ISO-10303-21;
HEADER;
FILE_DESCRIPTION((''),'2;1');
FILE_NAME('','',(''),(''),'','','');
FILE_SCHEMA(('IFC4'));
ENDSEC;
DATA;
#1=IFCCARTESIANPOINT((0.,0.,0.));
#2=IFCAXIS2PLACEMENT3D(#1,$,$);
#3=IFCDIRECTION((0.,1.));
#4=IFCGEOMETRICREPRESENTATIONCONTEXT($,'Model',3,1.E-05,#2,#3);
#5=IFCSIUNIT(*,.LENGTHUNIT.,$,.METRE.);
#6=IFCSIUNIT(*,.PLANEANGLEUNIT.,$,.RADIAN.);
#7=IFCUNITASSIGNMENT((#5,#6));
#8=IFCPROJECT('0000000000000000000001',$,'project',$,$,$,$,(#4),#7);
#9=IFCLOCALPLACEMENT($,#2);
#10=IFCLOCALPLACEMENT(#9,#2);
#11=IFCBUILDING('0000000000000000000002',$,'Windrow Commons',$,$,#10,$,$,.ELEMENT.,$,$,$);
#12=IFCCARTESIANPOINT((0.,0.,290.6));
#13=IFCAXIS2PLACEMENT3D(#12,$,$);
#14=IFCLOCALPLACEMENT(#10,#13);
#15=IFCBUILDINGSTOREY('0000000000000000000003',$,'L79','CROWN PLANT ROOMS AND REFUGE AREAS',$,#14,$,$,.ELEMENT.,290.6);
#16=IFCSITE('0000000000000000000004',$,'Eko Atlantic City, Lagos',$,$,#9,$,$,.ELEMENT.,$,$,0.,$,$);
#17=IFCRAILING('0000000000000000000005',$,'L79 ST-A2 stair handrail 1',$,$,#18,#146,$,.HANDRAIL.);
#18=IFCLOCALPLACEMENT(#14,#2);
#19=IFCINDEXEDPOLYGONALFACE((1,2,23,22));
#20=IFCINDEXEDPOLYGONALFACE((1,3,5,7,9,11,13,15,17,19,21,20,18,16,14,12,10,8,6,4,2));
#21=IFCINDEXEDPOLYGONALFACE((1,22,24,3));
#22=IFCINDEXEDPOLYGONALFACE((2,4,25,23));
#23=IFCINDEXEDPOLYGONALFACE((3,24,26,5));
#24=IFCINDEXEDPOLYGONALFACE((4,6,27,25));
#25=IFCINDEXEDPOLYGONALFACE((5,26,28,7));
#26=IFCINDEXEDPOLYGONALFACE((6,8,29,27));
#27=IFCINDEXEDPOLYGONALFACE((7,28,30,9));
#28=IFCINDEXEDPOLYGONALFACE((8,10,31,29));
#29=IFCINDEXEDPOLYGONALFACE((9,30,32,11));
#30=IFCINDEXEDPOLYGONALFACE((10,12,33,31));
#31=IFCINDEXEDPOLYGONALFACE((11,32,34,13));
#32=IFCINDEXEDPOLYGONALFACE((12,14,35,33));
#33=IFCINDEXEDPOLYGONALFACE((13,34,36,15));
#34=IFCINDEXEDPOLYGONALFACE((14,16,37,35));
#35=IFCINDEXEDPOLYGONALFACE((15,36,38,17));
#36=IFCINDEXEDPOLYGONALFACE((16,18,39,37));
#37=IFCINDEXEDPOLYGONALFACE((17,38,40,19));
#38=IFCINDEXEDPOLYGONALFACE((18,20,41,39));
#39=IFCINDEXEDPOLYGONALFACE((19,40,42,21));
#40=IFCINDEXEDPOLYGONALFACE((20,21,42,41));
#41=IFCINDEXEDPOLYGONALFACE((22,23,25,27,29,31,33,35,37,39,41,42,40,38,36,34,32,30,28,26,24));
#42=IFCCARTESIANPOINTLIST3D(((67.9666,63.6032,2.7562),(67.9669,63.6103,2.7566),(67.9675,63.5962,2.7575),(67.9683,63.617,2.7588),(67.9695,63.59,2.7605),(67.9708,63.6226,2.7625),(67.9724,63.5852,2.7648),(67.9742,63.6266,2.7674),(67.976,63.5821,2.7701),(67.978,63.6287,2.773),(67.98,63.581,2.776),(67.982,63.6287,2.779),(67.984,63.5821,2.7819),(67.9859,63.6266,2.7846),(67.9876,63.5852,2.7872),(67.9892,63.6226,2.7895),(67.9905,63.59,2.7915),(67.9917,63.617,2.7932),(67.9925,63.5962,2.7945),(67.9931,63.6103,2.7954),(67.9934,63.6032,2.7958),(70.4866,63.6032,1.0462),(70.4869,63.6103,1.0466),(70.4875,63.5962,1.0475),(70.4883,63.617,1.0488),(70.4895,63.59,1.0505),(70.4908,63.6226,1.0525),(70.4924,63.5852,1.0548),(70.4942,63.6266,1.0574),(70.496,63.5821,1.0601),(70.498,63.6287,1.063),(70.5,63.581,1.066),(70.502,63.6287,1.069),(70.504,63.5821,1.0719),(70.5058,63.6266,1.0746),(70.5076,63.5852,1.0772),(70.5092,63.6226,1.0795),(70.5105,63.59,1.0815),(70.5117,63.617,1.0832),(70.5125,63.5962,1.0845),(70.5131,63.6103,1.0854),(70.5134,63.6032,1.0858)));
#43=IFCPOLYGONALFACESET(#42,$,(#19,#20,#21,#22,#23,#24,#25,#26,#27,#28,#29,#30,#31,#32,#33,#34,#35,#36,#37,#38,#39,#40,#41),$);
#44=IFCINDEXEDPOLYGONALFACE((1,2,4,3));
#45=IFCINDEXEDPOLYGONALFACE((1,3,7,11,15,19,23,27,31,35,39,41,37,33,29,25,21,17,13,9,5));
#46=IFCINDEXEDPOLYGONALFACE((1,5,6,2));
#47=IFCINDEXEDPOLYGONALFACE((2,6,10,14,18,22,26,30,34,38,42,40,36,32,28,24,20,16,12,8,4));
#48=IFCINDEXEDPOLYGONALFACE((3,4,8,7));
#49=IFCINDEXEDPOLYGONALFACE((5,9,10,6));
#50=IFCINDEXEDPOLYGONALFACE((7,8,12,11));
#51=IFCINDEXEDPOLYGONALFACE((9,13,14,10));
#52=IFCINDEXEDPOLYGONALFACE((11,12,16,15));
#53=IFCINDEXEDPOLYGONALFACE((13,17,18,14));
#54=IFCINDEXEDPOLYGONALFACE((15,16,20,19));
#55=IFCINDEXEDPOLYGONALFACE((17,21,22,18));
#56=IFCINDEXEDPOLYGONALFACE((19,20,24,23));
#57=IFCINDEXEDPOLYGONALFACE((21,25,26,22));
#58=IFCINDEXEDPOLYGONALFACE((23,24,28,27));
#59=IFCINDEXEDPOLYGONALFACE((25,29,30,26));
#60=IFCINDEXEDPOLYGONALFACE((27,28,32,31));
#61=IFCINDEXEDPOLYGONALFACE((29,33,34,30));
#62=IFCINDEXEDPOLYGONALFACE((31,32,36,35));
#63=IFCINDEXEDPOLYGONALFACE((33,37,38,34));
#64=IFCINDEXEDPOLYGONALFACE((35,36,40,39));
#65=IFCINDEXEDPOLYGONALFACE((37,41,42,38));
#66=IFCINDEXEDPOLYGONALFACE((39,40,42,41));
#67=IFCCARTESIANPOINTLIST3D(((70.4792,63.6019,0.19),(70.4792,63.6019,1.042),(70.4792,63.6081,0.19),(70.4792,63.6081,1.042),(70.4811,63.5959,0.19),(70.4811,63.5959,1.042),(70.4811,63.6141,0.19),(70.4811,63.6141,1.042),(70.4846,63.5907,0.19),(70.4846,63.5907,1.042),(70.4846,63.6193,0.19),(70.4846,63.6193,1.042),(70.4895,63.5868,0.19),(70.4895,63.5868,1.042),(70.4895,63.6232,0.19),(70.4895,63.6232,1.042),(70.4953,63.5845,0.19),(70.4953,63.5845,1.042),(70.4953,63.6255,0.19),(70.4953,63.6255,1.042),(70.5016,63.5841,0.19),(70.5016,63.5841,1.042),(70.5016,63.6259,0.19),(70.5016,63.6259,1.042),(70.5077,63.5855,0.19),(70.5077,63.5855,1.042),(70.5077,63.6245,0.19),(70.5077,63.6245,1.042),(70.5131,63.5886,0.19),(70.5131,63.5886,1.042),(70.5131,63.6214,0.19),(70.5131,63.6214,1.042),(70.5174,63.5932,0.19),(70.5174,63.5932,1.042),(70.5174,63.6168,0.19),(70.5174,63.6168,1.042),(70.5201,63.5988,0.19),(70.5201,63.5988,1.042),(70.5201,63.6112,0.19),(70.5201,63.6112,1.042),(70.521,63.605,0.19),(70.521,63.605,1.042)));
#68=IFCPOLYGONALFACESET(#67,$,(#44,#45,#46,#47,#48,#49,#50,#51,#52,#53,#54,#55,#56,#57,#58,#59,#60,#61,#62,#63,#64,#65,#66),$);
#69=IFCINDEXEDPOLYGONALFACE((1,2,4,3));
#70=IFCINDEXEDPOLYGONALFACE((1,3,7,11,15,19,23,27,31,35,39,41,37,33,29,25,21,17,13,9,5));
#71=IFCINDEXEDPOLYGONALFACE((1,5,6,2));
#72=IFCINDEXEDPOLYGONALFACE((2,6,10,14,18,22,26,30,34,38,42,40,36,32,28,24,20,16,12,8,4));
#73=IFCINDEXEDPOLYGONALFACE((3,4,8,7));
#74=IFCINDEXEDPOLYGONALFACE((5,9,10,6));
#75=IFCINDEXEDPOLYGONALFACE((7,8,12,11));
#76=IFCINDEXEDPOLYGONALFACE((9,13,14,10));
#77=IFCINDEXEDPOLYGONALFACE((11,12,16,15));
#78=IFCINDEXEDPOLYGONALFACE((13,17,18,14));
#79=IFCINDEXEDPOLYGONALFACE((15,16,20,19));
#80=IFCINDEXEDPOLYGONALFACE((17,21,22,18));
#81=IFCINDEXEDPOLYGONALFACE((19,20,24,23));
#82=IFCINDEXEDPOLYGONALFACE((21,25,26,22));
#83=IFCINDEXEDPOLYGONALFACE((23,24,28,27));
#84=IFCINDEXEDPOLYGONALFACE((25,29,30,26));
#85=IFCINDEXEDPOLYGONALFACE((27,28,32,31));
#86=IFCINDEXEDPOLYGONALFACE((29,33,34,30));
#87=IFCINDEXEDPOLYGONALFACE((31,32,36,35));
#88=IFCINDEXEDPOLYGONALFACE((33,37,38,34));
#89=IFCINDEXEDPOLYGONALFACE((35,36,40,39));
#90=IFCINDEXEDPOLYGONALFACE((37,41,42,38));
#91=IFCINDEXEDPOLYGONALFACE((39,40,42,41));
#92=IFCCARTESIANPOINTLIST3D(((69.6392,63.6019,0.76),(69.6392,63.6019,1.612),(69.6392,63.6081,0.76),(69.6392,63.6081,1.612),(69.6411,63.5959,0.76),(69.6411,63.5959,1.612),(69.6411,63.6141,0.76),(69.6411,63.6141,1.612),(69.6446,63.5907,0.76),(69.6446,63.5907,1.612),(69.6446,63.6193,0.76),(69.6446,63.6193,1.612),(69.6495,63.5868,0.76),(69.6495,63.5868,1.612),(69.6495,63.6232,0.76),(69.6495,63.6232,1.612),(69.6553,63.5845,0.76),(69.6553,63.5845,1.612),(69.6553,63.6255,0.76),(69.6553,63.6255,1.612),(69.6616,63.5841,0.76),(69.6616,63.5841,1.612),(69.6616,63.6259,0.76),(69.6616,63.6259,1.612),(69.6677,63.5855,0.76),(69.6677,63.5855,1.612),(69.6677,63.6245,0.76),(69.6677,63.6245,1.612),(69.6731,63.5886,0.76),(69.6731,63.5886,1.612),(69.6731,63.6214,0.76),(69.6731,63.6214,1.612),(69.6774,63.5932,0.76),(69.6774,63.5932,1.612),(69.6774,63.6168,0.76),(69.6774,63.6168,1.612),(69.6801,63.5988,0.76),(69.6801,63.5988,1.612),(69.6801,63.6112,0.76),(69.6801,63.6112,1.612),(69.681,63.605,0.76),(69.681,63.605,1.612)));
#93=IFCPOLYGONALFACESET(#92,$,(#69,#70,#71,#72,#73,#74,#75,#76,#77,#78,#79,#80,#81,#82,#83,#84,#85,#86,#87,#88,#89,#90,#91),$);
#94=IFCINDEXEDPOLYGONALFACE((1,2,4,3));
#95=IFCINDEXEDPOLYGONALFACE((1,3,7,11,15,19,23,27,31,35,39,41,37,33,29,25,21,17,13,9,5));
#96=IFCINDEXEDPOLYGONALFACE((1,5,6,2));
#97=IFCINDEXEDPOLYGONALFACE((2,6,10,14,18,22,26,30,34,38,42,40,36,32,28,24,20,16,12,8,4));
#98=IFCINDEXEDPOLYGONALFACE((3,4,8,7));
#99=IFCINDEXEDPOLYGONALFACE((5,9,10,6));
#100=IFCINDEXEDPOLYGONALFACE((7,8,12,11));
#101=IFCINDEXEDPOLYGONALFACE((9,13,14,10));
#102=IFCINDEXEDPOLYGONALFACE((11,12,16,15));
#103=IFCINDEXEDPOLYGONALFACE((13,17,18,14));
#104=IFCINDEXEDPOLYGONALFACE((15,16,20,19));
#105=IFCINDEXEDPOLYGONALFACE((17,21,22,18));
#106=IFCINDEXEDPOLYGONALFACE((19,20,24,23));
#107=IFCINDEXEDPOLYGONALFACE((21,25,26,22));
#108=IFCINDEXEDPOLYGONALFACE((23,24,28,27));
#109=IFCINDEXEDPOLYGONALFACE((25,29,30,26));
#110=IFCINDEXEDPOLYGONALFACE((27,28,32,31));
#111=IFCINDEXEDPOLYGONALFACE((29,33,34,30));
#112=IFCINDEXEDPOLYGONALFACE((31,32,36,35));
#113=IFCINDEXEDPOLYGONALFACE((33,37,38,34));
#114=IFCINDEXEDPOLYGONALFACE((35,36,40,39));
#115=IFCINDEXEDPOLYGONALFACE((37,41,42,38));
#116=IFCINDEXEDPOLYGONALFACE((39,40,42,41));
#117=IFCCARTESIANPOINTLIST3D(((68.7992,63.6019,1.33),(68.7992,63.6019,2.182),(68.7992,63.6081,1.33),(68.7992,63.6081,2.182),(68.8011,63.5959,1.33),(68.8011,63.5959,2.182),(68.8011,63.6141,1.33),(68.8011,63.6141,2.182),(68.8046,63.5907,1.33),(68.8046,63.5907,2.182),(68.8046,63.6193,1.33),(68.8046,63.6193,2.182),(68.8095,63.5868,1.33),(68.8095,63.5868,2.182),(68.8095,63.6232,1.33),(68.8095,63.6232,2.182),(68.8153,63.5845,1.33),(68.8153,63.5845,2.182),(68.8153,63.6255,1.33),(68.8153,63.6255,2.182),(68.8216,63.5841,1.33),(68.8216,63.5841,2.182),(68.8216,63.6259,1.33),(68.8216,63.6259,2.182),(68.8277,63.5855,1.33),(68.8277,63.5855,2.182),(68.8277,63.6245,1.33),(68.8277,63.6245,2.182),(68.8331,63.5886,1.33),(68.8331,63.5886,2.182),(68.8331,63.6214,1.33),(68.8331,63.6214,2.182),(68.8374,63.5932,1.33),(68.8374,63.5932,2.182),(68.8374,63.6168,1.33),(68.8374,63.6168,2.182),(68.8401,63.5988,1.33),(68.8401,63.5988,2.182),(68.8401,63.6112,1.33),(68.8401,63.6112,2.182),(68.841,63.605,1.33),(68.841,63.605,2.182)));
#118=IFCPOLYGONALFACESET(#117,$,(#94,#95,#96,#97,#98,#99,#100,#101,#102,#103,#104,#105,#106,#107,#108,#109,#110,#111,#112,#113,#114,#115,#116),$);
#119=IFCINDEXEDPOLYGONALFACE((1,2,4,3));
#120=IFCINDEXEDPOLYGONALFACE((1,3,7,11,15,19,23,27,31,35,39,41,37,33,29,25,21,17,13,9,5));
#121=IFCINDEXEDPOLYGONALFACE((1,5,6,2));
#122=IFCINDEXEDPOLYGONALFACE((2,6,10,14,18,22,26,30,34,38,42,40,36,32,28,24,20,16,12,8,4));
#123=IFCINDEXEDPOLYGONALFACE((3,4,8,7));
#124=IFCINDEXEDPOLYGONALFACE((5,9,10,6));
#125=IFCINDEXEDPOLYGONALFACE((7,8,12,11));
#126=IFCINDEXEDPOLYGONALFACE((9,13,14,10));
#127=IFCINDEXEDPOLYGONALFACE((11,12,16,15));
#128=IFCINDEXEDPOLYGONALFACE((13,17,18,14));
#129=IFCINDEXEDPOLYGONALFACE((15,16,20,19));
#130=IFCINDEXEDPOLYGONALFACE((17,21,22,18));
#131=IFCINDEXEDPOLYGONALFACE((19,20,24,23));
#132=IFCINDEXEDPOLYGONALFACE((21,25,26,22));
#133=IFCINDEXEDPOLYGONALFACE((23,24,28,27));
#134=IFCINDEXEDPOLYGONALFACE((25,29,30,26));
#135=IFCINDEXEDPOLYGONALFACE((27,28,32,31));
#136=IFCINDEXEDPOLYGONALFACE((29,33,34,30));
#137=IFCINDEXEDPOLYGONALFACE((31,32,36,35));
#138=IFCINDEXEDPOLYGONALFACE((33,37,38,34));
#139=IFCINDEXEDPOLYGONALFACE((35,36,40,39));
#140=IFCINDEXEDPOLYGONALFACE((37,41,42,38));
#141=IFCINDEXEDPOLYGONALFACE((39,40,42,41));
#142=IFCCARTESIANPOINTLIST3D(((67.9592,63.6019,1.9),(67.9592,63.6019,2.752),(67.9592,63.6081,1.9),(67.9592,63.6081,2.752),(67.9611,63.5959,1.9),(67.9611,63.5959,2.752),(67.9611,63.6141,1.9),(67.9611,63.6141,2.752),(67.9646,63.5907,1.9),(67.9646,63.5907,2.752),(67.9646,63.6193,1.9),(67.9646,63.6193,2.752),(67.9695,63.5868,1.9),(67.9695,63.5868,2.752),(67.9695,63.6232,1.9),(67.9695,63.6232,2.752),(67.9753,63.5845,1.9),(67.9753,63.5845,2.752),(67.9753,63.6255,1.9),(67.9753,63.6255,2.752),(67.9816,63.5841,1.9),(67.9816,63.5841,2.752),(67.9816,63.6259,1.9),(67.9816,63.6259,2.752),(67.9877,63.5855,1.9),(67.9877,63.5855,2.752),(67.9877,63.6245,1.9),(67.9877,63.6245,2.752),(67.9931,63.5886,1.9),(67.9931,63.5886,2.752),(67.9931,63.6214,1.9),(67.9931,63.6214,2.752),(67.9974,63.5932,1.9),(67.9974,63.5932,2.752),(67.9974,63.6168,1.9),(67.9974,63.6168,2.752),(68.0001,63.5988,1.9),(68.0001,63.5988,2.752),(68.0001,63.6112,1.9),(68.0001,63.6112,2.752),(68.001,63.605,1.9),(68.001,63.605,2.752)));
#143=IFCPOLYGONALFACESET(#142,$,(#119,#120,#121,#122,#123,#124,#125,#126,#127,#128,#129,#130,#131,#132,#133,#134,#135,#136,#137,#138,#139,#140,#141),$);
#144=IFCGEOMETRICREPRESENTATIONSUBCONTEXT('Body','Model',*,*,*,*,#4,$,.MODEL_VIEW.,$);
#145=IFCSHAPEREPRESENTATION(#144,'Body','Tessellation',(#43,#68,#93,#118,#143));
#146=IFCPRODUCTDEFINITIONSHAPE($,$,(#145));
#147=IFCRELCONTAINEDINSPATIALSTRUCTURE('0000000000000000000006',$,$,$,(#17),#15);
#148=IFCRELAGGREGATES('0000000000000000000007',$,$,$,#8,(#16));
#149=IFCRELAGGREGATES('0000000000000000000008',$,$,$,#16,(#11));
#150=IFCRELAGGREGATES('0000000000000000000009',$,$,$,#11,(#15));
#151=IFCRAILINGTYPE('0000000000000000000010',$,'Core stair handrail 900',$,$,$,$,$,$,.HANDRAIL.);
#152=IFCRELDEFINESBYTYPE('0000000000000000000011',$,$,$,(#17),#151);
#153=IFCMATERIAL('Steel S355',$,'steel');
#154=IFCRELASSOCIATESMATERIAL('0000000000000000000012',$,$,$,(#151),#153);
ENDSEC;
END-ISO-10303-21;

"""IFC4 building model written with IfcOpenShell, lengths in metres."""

from ifc_helpers import new_model, si_unit, direction, frame, origin, origin_2d, place, context, subcontext, project, spatial, circle, extrude, material, type_object, element, save


model = new_model("IFC4")

# Units and contexts
model_context = context("Model", 3, precision=1e-05, world=origin(), true_north=direction((0.0, 1.0)))
body_context = subcontext(model_context, "Body", "Model", "MODEL_VIEW")
ifc_project = project(units=[si_unit("LENGTHUNIT", "METRE"), si_unit("PLANEANGLEUNIT", "RADIAN")], contexts=[model_context])

# Site, building, storey
site_placement = place(None, origin())
site = spatial("IfcSite", under=ifc_project, at=site_placement, Name="Eko Atlantic City, Lagos", CompositionType="ELEMENT", RefElevation=0.0)
building_placement = place(site_placement, origin())
building = spatial("IfcBuilding", under=site, at=building_placement, Name="Windrow Commons", CompositionType="ELEMENT")
storey_placement = place(building_placement, frame((0.0, 0.0, 290.6)))
storey = spatial("IfcBuildingStorey", under=building, at=storey_placement, Name="L79", Description="CROWN PLANT ROOMS AND REFUGE AREAS", CompositionType="ELEMENT", Elevation=290.6)

# Railing
ifc_material_1 = material(Name="Steel S355", Category="steel")
railing_type_1 = type_object("IfcRailingType", Name="Core stair handrail 900", PredefinedType="HANDRAIL", material=ifc_material_1)
railing_1_placement = place(storey_placement, frame((70.5, 63.605, 0.19)))
element("IfcRailing", 1, at=railing_1_placement, inside=storey, type_object=railing_type_1, Name="L79 ST-A2 stair handrail 1", PredefinedType="HANDRAIL", context=body_context, shape_type="SweptSolid", body=[
    extrude(circle(Radius=0.024, at=origin_2d()), frame((0.0, 0.0, 0.876), z_axis=(-0.827476, 0.0, 0.561501), x_axis=(0.0, -1.0, 0.0)), (0.0, 0.0, 1.0), 3.0454),
    extrude(circle(Radius=0.021, at=origin_2d()), origin(), (0.0, 0.0, 1.0), 0.852),
    extrude(circle(Radius=0.021, at=origin_2d()), frame((-0.84, 0.0, 0.57)), (0.0, 0.0, 1.0), 0.852),
    extrude(circle(Radius=0.021, at=origin_2d()), frame((-1.68, 0.0, 1.14)), (0.0, 0.0, 1.0), 0.852),
    extrude(circle(Radius=0.021, at=origin_2d()), frame((-2.52, 0.0, 1.71)), (0.0, 0.0, 1.0), 0.852),
])

save(model, "model.ifc")
